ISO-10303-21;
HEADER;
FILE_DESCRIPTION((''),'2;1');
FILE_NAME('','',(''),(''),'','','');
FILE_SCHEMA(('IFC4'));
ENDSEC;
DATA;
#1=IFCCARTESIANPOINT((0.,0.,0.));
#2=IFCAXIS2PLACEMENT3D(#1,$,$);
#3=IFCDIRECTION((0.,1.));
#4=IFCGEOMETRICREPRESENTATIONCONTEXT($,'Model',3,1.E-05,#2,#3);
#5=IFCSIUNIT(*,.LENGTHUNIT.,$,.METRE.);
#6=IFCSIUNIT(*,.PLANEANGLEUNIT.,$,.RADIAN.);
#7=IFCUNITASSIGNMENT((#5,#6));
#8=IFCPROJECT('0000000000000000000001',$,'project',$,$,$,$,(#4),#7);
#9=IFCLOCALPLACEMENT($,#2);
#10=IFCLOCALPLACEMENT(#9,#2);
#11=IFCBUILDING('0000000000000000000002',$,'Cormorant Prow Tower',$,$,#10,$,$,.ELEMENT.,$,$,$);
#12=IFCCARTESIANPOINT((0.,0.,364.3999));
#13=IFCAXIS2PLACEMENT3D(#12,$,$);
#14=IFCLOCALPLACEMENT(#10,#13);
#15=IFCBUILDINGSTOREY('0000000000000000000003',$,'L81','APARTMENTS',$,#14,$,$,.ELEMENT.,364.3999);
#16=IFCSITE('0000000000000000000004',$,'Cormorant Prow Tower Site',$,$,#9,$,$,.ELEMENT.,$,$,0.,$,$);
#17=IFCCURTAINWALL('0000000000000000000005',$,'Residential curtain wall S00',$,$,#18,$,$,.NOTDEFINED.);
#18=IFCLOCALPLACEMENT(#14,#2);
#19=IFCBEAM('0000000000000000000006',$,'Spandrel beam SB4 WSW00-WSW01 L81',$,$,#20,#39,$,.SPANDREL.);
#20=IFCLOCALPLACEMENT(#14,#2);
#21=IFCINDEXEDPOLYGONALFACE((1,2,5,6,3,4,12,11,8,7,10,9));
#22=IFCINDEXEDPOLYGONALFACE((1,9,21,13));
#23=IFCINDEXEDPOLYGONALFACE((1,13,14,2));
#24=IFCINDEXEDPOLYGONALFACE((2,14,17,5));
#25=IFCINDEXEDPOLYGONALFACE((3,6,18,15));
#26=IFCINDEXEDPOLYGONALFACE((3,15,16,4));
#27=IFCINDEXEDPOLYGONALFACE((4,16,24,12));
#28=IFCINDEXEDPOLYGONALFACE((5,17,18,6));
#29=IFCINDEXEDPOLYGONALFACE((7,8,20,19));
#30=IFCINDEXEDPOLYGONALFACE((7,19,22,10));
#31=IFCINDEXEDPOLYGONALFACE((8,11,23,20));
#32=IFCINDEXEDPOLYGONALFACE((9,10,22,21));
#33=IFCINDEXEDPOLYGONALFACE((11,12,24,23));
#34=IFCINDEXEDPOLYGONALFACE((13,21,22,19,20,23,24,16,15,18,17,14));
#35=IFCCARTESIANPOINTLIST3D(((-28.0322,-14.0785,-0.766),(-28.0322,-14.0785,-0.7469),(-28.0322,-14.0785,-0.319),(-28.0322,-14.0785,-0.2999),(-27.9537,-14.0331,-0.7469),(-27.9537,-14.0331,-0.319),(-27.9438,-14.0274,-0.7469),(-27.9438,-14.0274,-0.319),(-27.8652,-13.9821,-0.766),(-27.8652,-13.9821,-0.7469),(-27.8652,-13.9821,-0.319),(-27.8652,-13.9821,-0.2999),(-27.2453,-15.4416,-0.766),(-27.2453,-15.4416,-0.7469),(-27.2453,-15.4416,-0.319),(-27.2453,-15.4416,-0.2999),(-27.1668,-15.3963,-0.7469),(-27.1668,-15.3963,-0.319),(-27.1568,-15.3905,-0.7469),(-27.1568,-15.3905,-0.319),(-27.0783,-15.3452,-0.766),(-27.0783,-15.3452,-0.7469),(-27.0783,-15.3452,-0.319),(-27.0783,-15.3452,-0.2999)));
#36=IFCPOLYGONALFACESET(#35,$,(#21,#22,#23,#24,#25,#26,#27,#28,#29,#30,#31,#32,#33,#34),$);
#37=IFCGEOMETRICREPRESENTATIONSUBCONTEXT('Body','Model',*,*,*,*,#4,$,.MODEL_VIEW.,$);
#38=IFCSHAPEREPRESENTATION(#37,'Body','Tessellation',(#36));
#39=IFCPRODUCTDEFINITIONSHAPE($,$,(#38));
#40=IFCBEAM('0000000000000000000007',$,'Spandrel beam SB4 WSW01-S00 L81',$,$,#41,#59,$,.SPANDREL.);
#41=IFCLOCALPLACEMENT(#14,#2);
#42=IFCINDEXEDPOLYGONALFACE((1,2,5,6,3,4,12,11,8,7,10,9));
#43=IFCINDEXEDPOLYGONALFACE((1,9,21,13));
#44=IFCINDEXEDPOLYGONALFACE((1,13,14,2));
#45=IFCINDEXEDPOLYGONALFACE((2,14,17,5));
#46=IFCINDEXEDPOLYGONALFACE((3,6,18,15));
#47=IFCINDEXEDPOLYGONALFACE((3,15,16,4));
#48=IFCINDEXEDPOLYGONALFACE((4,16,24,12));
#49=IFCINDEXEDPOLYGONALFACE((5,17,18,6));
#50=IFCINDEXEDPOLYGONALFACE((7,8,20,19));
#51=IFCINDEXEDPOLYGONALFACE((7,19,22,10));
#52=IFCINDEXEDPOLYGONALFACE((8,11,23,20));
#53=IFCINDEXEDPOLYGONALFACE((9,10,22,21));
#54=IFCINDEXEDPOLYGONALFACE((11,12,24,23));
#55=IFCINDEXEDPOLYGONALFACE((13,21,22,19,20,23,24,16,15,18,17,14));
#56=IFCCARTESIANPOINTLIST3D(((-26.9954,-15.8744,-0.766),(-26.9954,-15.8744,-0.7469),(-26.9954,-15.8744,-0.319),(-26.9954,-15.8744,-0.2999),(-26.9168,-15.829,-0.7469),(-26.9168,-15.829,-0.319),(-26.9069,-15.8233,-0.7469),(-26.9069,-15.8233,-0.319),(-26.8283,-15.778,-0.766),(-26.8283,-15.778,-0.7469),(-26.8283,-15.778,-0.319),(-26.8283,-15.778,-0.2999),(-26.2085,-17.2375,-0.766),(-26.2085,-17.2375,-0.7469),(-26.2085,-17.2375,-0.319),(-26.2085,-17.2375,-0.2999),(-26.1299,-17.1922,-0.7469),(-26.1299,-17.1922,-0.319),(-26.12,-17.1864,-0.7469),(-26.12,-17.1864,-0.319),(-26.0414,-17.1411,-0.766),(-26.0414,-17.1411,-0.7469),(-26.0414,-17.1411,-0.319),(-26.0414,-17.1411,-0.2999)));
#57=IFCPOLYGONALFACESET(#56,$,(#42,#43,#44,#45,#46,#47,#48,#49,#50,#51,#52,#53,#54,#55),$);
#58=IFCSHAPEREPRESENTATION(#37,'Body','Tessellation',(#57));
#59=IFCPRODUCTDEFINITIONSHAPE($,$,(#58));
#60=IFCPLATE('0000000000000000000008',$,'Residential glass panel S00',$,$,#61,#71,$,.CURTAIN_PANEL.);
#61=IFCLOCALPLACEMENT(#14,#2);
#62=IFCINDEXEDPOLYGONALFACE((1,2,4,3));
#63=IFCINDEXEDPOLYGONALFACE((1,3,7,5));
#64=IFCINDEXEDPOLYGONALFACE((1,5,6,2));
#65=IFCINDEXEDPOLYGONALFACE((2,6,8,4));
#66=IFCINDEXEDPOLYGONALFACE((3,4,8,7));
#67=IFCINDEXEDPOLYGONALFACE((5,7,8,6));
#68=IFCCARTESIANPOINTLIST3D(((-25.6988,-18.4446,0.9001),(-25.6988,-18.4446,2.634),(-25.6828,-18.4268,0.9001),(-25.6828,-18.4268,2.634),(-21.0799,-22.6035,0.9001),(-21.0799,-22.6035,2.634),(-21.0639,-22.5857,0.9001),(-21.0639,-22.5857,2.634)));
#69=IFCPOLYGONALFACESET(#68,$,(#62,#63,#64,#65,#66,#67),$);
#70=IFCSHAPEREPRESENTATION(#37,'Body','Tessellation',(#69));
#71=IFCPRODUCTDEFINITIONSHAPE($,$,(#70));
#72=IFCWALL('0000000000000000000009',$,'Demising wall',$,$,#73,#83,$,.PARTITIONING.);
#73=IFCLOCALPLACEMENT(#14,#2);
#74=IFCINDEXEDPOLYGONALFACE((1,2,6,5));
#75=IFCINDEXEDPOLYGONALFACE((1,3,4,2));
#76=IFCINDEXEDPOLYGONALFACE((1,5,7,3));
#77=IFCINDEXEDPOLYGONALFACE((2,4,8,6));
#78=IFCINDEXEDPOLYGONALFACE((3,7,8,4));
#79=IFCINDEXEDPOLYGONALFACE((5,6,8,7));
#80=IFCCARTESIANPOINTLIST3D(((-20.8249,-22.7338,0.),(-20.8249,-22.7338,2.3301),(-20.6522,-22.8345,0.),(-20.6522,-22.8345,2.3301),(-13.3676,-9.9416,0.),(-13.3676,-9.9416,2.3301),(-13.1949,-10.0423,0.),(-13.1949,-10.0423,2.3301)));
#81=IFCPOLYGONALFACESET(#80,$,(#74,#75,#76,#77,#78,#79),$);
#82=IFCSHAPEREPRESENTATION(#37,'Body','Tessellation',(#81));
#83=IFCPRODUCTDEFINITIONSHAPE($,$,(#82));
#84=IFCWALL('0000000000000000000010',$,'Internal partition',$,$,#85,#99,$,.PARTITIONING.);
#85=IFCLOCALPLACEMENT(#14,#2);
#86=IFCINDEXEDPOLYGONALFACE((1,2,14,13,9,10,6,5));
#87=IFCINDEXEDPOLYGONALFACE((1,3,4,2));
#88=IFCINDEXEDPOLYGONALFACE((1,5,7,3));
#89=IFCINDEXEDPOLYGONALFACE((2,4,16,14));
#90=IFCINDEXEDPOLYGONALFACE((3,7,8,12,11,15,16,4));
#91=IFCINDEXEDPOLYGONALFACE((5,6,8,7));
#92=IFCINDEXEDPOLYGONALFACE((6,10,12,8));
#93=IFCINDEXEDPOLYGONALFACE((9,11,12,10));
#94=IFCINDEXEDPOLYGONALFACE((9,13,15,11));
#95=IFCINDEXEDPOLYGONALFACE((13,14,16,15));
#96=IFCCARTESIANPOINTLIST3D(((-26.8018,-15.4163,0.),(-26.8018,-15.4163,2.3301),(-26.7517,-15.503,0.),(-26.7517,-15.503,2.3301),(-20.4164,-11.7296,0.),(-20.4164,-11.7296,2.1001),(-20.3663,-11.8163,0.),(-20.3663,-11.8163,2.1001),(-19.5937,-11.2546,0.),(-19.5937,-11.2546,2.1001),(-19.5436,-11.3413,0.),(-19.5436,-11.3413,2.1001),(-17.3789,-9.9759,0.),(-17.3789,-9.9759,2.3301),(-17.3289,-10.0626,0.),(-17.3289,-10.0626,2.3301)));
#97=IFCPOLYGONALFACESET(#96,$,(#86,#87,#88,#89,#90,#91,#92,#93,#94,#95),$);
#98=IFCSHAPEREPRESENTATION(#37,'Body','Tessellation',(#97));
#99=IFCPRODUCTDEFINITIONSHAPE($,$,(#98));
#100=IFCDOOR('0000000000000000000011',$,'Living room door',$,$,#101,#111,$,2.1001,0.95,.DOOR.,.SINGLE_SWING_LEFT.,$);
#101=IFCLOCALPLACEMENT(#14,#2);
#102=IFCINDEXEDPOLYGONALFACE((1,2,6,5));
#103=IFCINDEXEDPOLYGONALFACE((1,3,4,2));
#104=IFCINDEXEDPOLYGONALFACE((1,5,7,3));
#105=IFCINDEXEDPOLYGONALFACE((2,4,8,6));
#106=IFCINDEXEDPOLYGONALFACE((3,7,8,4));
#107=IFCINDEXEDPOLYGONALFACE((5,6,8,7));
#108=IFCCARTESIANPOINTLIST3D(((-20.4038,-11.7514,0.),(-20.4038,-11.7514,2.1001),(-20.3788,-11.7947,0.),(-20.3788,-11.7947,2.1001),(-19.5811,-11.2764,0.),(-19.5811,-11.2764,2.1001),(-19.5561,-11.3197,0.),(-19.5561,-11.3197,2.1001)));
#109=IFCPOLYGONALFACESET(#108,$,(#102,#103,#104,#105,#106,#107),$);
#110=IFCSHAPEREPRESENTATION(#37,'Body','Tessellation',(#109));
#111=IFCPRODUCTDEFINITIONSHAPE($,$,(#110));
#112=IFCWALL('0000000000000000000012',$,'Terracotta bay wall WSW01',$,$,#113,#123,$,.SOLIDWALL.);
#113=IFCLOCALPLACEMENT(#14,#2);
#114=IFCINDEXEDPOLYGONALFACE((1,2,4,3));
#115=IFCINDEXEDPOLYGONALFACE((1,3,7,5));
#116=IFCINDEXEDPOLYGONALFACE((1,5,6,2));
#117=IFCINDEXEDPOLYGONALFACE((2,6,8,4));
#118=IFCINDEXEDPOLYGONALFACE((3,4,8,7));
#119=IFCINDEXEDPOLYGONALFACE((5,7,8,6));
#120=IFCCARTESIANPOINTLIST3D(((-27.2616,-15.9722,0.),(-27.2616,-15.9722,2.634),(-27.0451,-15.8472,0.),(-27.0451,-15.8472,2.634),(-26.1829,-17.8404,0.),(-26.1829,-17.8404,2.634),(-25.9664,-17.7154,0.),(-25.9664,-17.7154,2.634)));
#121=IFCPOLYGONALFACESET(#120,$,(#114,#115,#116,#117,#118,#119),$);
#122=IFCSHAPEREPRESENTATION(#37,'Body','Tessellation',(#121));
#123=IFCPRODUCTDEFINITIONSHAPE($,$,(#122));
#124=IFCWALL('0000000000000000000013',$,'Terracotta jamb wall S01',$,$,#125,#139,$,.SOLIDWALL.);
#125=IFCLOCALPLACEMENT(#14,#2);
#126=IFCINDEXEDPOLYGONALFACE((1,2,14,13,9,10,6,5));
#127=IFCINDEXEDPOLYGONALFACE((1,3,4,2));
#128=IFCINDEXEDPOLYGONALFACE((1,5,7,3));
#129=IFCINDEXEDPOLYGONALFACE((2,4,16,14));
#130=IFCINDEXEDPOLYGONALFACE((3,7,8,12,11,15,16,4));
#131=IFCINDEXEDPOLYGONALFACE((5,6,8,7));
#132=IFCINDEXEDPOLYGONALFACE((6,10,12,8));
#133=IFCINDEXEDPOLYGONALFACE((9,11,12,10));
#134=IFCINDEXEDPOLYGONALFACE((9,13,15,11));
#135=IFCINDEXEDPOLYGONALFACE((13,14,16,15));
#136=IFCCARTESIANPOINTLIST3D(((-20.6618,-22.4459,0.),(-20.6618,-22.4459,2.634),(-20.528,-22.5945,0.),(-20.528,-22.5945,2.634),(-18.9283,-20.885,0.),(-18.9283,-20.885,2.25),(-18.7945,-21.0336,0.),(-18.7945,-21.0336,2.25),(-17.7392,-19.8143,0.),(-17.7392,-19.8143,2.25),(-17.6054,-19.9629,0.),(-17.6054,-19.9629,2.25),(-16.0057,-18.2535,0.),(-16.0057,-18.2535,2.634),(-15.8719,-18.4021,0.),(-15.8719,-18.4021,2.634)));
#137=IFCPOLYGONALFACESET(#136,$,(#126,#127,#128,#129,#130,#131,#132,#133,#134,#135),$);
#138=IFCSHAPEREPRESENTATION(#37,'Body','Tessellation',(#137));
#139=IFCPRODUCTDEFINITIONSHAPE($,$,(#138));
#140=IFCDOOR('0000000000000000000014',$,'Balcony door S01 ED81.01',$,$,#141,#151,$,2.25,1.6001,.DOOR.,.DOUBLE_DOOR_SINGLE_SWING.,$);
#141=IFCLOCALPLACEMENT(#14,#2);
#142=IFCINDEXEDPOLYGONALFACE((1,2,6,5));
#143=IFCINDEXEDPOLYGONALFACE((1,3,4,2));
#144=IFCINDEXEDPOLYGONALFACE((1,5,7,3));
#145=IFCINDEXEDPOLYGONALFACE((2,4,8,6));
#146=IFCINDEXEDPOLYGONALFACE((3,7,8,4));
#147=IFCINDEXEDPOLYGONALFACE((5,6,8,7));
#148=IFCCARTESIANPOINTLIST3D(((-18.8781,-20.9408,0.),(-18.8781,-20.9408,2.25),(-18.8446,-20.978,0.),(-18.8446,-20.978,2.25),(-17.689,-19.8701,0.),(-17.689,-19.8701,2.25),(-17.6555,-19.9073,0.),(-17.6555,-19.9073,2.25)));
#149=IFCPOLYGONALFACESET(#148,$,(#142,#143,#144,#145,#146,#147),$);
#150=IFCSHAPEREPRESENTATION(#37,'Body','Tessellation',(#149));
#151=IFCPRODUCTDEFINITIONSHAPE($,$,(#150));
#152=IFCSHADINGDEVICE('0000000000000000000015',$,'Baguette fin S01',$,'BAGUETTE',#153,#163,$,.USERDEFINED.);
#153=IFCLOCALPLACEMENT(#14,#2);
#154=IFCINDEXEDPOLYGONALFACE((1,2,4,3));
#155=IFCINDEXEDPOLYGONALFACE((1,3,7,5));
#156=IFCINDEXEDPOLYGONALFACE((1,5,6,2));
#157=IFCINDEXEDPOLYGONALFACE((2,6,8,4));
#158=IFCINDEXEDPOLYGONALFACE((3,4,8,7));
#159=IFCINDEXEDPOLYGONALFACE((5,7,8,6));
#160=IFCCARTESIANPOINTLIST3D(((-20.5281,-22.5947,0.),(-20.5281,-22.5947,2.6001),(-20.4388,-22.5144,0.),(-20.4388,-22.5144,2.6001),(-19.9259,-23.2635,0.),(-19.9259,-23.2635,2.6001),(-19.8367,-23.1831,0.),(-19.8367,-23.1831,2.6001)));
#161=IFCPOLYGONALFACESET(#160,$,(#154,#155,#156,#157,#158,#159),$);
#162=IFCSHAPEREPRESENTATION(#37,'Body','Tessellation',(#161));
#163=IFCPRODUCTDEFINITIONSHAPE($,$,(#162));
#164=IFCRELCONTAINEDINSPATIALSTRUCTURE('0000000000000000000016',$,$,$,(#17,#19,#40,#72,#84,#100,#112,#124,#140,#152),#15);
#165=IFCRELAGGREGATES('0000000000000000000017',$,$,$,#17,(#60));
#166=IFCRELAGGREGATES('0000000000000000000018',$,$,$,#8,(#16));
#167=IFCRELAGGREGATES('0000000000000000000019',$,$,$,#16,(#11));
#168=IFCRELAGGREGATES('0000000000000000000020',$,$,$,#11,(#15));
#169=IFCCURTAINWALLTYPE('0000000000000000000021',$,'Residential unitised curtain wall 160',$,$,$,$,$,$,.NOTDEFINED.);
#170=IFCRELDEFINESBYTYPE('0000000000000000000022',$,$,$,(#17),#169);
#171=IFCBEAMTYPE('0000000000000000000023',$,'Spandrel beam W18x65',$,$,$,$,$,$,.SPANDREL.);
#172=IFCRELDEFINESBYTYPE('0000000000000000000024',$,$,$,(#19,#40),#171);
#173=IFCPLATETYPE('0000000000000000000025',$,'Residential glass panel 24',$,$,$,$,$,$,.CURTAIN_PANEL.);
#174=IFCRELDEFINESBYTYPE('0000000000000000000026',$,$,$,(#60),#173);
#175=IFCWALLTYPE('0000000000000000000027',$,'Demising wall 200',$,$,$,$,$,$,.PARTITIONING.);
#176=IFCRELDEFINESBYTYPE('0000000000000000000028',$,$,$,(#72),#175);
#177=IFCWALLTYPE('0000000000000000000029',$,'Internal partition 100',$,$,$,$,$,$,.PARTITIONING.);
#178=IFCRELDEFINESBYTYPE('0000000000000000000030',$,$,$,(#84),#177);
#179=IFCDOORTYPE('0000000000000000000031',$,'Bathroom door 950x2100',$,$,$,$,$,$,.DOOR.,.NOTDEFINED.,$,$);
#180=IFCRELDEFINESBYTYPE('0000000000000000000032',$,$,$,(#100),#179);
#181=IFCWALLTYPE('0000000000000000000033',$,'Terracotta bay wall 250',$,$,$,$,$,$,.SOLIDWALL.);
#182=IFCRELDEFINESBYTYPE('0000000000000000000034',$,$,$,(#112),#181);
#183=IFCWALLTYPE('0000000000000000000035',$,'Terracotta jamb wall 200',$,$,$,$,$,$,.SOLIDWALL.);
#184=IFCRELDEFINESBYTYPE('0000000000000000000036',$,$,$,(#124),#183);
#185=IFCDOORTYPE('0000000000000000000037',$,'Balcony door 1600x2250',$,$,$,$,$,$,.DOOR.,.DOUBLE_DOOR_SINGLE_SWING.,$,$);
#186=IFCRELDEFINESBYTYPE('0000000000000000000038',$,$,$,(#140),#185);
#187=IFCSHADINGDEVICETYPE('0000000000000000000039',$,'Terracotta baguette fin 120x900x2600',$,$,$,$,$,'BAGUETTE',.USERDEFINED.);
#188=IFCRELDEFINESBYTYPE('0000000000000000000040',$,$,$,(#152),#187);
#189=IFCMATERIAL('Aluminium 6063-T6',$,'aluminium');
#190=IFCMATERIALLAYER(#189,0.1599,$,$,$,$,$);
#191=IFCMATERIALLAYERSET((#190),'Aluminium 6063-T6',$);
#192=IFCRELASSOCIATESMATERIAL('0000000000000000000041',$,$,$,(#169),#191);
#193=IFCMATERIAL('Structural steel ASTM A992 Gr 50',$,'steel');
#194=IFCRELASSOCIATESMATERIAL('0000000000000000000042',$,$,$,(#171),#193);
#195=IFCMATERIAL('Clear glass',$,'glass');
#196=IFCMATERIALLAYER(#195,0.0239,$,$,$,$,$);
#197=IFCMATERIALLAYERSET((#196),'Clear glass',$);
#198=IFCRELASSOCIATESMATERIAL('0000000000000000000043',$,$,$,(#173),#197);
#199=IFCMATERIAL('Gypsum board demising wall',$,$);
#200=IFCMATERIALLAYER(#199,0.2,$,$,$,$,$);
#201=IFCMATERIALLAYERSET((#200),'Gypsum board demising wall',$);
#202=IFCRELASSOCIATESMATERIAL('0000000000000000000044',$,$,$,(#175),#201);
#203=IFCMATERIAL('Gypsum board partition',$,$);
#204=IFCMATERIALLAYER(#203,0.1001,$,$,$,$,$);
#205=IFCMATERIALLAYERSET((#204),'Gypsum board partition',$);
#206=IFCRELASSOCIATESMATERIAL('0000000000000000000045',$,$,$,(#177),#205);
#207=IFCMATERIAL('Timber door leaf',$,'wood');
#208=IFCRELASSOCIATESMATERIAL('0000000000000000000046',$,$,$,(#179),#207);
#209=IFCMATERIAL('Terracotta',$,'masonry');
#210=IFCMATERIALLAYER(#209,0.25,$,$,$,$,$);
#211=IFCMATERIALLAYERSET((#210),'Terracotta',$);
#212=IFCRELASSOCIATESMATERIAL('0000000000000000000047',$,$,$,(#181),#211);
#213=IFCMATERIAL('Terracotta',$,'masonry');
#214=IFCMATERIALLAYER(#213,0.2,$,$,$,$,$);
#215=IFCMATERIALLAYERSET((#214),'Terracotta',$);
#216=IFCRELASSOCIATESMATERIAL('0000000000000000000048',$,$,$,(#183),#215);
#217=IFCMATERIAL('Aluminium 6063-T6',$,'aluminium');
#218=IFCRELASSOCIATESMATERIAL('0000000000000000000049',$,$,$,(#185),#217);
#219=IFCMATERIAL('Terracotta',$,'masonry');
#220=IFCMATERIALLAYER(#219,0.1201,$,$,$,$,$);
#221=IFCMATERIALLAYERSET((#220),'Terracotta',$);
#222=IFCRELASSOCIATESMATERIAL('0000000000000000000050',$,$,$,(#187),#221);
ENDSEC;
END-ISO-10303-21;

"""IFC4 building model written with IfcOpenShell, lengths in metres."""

from ifc_helpers import new_model, si_unit, direction, frame, frame_2d, origin, origin_2d, place, context, subcontext, project, spatial, rectangle, i_section, extrude, material, layer, layer_set, material_profile, profile_set, type_object, element, fill, aggregate, save


model = new_model("IFC4")

# Units and contexts
model_context = context("Model", 3, precision=1e-05, world=origin(), true_north=direction((0.0, 1.0)))
body_context = subcontext(model_context, "Body", "Model", "MODEL_VIEW")
ifc_project = project(units=[si_unit("LENGTHUNIT", "METRE"), si_unit("PLANEANGLEUNIT", "RADIAN")], contexts=[model_context])

# Site, building, storey
site_placement = place(None, origin())
site = spatial("IfcSite", under=ifc_project, at=site_placement, Name="Cormorant Prow Tower Site", CompositionType="ELEMENT", RefElevation=0.0)
building_placement = place(site_placement, origin())
building = spatial("IfcBuilding", under=site, at=building_placement, Name="Cormorant Prow Tower", CompositionType="ELEMENT")
storey_placement = place(building_placement, frame((0.0, 0.0, 364.3999)))
storey = spatial("IfcBuildingStorey", under=building, at=storey_placement, Name="L81", Description="APARTMENTS", CompositionType="ELEMENT", Elevation=364.3999)

# Curtain wall
ifc_material_1 = material(Name="Aluminium 6063-T6", Category="aluminium")
ifc_layer_1 = layer(ifc_material_1, 0.1599)
ifc_layer_set_1 = layer_set([ifc_layer_1], Name="Aluminium 6063-T6")
curtain_wall_type = type_object("IfcCurtainWallType", Name="Residential unitised curtain wall 160", PredefinedType="NOTDEFINED", material=ifc_layer_set_1)
curtain_wall_placement = place(storey_placement, origin())
curtain_wall = element("IfcCurtainWall", 1, at=curtain_wall_placement, inside=storey, type_object=curtain_wall_type, Name="Residential curtain wall S00", PredefinedType="NOTDEFINED")

# Beams
ifc_material_2 = material(Name="Structural steel ASTM A992 Gr 50", Category="steel")
ifc_material_profile_1 = material_profile(ifc_material_2, i_section(OverallWidth=0.1929, OverallDepth=0.4661, WebThickness=0.0115, FlangeThickness=0.019, at=origin_2d()), Name="W18x65")
ifc_profile_set_1 = profile_set([ifc_material_profile_1], Name="Structural steel ASTM A992 Gr 50")
beam_type = type_object("IfcBeamType", Name="Spandrel beam W18x65", PredefinedType="SPANDREL", material=ifc_profile_set_1)
for number, where, z_axis, x_axis, name in (
    (2, (-27.9487, -14.0303, -0.533), (0.49996, -0.866049, 0.0), (0.866049, 0.49996, 0.0), "Spandrel beam SB4 WSW00-WSW01 L81"),
    (3, (-26.9119, -15.8262, -0.533), (0.49996, -0.866049, 0.0), (0.866049, 0.49996, 0.0), "Spandrel beam SB4 WSW01-S00 L81"),
):
    element("IfcBeam", number, at=place(storey_placement, frame(where, z_axis=z_axis, x_axis=x_axis)), inside=storey, type_object=beam_type, Name=name, PredefinedType="SPANDREL", context=body_context, shape_type="SweptSolid", body=[
        extrude(i_section(OverallWidth=0.1929, OverallDepth=0.4661, WebThickness=0.0115, FlangeThickness=0.019, at=origin_2d()), origin(), (0.0, 0.0, 1.0), 1.574),
    ])

# Plate
ifc_material_3 = material(Name="Clear glass", Category="glass")
ifc_layer_2 = layer(ifc_material_3, 0.0239)
ifc_layer_set_2 = layer_set([ifc_layer_2], Name="Clear glass")
plate_type = type_object("IfcPlateType", Name="Residential glass panel 24", PredefinedType="CURTAIN_PANEL", material=ifc_layer_set_2)
plate_placement = place(storey_placement, frame((-23.3813, -20.5151, 0.9001), z_axis=(0.0, 0.0, 1.0), x_axis=(0.743145, -0.669131, 0.0)))
plate = element("IfcPlate", 4, at=plate_placement, type_object=plate_type, Name="Residential glass panel S00", PredefinedType="CURTAIN_PANEL", context=body_context, shape_type="SweptSolid", body=[
    extrude(rectangle(XDim=6.2153, YDim=0.0239, at=origin_2d()), origin(), (0.0, 0.0, 1.0), 1.7339),
])
aggregate(curtain_wall, [plate])

# Wall
ifc_material_4 = material(Name="Gypsum board demising wall")
ifc_layer_3 = layer(ifc_material_4, 0.2)
ifc_layer_set_3 = layer_set([ifc_layer_3], Name="Gypsum board demising wall")
wall_type_1 = type_object("IfcWallType", Name="Demising wall 200", PredefinedType="PARTITIONING", material=ifc_layer_set_3)
wall_1_placement = place(storey_placement, frame((-20.7385, -22.7842, 0.0), z_axis=(0.0, 0.0, 1.0), x_axis=(0.503626, 0.863922, 0.0)))
element("IfcWall", 5, at=wall_1_placement, inside=storey, type_object=wall_type_1, Name="Demising wall", PredefinedType="PARTITIONING", context=body_context, shape_type="SweptSolid", body=[
    extrude(rectangle(XDim=14.8071, YDim=0.2, at=frame_2d((7.4036, 0.0))), origin(), (0.0, 0.0, 1.0), 2.3301),
])

# Wall, opening, door
ifc_material_5 = material(Name="Gypsum board partition")
ifc_layer_4 = layer(ifc_material_5, 0.1001)
ifc_layer_set_4 = layer_set([ifc_layer_4], Name="Gypsum board partition")
wall_type_2 = type_object("IfcWallType", Name="Internal partition 100", PredefinedType="PARTITIONING", material=ifc_layer_set_4)
wall_2_placement = place(storey_placement, frame((-26.7769, -15.4597, 0.0), z_axis=(0.0, 0.0, 1.0), x_axis=(0.86602, 0.50001, 0.0)))
wall_2 = element("IfcWall", 6, at=wall_2_placement, inside=storey, type_object=wall_type_2, Name="Internal partition", PredefinedType="PARTITIONING", context=body_context, shape_type="SweptSolid", body=[
    extrude(rectangle(XDim=10.8806, YDim=0.1001, at=frame_2d((5.4404, 0.0))), origin(), (0.0, 0.0, 1.0), 2.3301),
])
opening_1_placement = place(wall_2_placement, frame((7.3733, 0.0, 0.0)))
opening_1 = element("IfcOpeningElement", 7, at=opening_1_placement, cuts=wall_2, PredefinedType="OPENING", context=body_context, shape_type="SweptSolid", body=[
    extrude(rectangle(XDim=0.95, YDim=2.1001, at=frame_2d((0.4751, 1.05))), frame((0.0, 0.0601, 0.0), z_axis=(0.0, -1.0, 0.0), x_axis=(1.0, 0.0, 0.0)), (0.0, 0.0, 1.0), 0.1201),
])
ifc_material_6 = material(Name="Timber door leaf", Category="wood")
door_type_1 = type_object("IfcDoorType", Name="Bathroom door 950x2100", OperationType="NOTDEFINED", PredefinedType="DOOR", material=ifc_material_6)
door_1_placement = place(opening_1_placement, origin())
door_1 = element("IfcDoor", 8, at=door_1_placement, inside=storey, type_object=door_type_1, Name="Living room door", OperationType="SINGLE_SWING_LEFT", OverallHeight=2.1001, OverallWidth=0.95, PredefinedType="DOOR", context=body_context, shape_type="SweptSolid", body=[
    extrude(rectangle(XDim=0.95, YDim=2.1001, at=frame_2d((0.4751, 1.05))), frame((0.0, 0.0249, 0.0), z_axis=(0.0, -1.0, 0.0), x_axis=(1.0, 0.0, 0.0)), (0.0, 0.0, 1.0), 0.05),
])
fill(opening_1, door_1)

# Wall
ifc_material_7 = material(Name="Terracotta", Category="masonry")
ifc_layer_5 = layer(ifc_material_7, 0.25)
ifc_layer_set_5 = layer_set([ifc_layer_5], Name="Terracotta")
wall_type_3 = type_object("IfcWallType", Name="Terracotta bay wall 250", PredefinedType="SOLIDWALL", material=ifc_layer_set_5)
wall_3_placement = place(storey_placement, frame((-27.1533, -15.9097, 0.0), z_axis=(0.0, 0.0, 1.0), x_axis=(0.50001, -0.86602, 0.0)))
element("IfcWall", 9, at=wall_3_placement, inside=storey, type_object=wall_type_3, Name="Terracotta bay wall WSW01", PredefinedType="SOLIDWALL", context=body_context, shape_type="SweptSolid", body=[
    extrude(rectangle(XDim=2.1572, YDim=0.25, at=frame_2d((1.0786, 0.0))), origin(), (0.0, 0.0, 1.0), 2.634),
])

# Wall, opening, door
ifc_material_8 = material(Name="Terracotta", Category="masonry")
ifc_layer_6 = layer(ifc_material_8, 0.2)
ifc_layer_set_6 = layer_set([ifc_layer_6], Name="Terracotta")
wall_type_4 = type_object("IfcWallType", Name="Terracotta jamb wall 200", PredefinedType="SOLIDWALL", material=ifc_layer_set_6)
wall_4_placement = place(storey_placement, frame((-20.595, -22.5203, 0.0), z_axis=(0.0, 0.0, 1.0), x_axis=(0.743137, 0.669139, 0.0)))
wall_4 = element("IfcWall", 10, at=wall_4_placement, inside=storey, type_object=wall_type_4, Name="Terracotta jamb wall S01", PredefinedType="SOLIDWALL", context=body_context, shape_type="SweptSolid", body=[
    extrude(rectangle(XDim=6.2654, YDim=0.2, at=frame_2d((3.1328, 0.0))), origin(), (0.0, 0.0, 1.0), 2.634),
])
opening_2_placement = place(wall_4_placement, frame((2.3328, 0.0, 0.0)))
opening_2 = element("IfcOpeningElement", 11, at=opening_2_placement, cuts=wall_4, PredefinedType="OPENING", context=body_context, shape_type="SweptSolid", body=[
    extrude(rectangle(XDim=1.6001, YDim=2.25, at=frame_2d((0.8, 1.125))), frame((0.0, 0.1099, 0.0), z_axis=(0.0, -1.0, 0.0), x_axis=(1.0, 0.0, 0.0)), (0.0, 0.0, 1.0), 0.22),
])
ifc_material_9 = material(Name="Aluminium 6063-T6", Category="aluminium")
door_type_2 = type_object("IfcDoorType", Name="Balcony door 1600x2250", OperationType="DOUBLE_DOOR_SINGLE_SWING", PredefinedType="DOOR", material=ifc_material_9)
door_2_placement = place(opening_2_placement, origin())
door_2 = element("IfcDoor", 12, at=door_2_placement, inside=storey, type_object=door_type_2, Name="Balcony door S01 ED81.01", OperationType="DOUBLE_DOOR_SINGLE_SWING", OverallHeight=2.25, OverallWidth=1.6001, PredefinedType="DOOR", context=body_context, shape_type="SweptSolid", body=[
    extrude(rectangle(XDim=1.6001, YDim=2.25, at=frame_2d((0.8, 1.125))), frame((0.0, 0.0249, 0.0), z_axis=(0.0, -1.0, 0.0), x_axis=(1.0, 0.0, 0.0)), (0.0, 0.0, 1.0), 0.05),
])
fill(opening_2, door_2)

# Shading device
ifc_material_10 = material(Name="Terracotta", Category="masonry")
ifc_layer_7 = layer(ifc_material_10, 0.1201)
ifc_layer_set_7 = layer_set([ifc_layer_7], Name="Terracotta")
shading_device_type = type_object("IfcShadingDeviceType", Name="Terracotta baguette fin 120x900x2600", ElementType="BAGUETTE", PredefinedType="USERDEFINED", material=ifc_layer_set_7)
shading_device_placement = place(storey_placement, frame((-20.1824, -22.8889, 0.0), z_axis=(0.0, 0.0, 1.0), x_axis=(0.743145, 0.669131, 0.0)))
element("IfcShadingDevice", 13, at=shading_device_placement, inside=storey, type_object=shading_device_type, Name="Baguette fin S01", ObjectType="BAGUETTE", PredefinedType="USERDEFINED", context=body_context, shape_type="SweptSolid", body=[
    extrude(rectangle(XDim=0.1201, YDim=0.8999, at=origin_2d()), origin(), (0.0, 0.0, 1.0), 2.6001),
])

save(model, "model.ifc")
